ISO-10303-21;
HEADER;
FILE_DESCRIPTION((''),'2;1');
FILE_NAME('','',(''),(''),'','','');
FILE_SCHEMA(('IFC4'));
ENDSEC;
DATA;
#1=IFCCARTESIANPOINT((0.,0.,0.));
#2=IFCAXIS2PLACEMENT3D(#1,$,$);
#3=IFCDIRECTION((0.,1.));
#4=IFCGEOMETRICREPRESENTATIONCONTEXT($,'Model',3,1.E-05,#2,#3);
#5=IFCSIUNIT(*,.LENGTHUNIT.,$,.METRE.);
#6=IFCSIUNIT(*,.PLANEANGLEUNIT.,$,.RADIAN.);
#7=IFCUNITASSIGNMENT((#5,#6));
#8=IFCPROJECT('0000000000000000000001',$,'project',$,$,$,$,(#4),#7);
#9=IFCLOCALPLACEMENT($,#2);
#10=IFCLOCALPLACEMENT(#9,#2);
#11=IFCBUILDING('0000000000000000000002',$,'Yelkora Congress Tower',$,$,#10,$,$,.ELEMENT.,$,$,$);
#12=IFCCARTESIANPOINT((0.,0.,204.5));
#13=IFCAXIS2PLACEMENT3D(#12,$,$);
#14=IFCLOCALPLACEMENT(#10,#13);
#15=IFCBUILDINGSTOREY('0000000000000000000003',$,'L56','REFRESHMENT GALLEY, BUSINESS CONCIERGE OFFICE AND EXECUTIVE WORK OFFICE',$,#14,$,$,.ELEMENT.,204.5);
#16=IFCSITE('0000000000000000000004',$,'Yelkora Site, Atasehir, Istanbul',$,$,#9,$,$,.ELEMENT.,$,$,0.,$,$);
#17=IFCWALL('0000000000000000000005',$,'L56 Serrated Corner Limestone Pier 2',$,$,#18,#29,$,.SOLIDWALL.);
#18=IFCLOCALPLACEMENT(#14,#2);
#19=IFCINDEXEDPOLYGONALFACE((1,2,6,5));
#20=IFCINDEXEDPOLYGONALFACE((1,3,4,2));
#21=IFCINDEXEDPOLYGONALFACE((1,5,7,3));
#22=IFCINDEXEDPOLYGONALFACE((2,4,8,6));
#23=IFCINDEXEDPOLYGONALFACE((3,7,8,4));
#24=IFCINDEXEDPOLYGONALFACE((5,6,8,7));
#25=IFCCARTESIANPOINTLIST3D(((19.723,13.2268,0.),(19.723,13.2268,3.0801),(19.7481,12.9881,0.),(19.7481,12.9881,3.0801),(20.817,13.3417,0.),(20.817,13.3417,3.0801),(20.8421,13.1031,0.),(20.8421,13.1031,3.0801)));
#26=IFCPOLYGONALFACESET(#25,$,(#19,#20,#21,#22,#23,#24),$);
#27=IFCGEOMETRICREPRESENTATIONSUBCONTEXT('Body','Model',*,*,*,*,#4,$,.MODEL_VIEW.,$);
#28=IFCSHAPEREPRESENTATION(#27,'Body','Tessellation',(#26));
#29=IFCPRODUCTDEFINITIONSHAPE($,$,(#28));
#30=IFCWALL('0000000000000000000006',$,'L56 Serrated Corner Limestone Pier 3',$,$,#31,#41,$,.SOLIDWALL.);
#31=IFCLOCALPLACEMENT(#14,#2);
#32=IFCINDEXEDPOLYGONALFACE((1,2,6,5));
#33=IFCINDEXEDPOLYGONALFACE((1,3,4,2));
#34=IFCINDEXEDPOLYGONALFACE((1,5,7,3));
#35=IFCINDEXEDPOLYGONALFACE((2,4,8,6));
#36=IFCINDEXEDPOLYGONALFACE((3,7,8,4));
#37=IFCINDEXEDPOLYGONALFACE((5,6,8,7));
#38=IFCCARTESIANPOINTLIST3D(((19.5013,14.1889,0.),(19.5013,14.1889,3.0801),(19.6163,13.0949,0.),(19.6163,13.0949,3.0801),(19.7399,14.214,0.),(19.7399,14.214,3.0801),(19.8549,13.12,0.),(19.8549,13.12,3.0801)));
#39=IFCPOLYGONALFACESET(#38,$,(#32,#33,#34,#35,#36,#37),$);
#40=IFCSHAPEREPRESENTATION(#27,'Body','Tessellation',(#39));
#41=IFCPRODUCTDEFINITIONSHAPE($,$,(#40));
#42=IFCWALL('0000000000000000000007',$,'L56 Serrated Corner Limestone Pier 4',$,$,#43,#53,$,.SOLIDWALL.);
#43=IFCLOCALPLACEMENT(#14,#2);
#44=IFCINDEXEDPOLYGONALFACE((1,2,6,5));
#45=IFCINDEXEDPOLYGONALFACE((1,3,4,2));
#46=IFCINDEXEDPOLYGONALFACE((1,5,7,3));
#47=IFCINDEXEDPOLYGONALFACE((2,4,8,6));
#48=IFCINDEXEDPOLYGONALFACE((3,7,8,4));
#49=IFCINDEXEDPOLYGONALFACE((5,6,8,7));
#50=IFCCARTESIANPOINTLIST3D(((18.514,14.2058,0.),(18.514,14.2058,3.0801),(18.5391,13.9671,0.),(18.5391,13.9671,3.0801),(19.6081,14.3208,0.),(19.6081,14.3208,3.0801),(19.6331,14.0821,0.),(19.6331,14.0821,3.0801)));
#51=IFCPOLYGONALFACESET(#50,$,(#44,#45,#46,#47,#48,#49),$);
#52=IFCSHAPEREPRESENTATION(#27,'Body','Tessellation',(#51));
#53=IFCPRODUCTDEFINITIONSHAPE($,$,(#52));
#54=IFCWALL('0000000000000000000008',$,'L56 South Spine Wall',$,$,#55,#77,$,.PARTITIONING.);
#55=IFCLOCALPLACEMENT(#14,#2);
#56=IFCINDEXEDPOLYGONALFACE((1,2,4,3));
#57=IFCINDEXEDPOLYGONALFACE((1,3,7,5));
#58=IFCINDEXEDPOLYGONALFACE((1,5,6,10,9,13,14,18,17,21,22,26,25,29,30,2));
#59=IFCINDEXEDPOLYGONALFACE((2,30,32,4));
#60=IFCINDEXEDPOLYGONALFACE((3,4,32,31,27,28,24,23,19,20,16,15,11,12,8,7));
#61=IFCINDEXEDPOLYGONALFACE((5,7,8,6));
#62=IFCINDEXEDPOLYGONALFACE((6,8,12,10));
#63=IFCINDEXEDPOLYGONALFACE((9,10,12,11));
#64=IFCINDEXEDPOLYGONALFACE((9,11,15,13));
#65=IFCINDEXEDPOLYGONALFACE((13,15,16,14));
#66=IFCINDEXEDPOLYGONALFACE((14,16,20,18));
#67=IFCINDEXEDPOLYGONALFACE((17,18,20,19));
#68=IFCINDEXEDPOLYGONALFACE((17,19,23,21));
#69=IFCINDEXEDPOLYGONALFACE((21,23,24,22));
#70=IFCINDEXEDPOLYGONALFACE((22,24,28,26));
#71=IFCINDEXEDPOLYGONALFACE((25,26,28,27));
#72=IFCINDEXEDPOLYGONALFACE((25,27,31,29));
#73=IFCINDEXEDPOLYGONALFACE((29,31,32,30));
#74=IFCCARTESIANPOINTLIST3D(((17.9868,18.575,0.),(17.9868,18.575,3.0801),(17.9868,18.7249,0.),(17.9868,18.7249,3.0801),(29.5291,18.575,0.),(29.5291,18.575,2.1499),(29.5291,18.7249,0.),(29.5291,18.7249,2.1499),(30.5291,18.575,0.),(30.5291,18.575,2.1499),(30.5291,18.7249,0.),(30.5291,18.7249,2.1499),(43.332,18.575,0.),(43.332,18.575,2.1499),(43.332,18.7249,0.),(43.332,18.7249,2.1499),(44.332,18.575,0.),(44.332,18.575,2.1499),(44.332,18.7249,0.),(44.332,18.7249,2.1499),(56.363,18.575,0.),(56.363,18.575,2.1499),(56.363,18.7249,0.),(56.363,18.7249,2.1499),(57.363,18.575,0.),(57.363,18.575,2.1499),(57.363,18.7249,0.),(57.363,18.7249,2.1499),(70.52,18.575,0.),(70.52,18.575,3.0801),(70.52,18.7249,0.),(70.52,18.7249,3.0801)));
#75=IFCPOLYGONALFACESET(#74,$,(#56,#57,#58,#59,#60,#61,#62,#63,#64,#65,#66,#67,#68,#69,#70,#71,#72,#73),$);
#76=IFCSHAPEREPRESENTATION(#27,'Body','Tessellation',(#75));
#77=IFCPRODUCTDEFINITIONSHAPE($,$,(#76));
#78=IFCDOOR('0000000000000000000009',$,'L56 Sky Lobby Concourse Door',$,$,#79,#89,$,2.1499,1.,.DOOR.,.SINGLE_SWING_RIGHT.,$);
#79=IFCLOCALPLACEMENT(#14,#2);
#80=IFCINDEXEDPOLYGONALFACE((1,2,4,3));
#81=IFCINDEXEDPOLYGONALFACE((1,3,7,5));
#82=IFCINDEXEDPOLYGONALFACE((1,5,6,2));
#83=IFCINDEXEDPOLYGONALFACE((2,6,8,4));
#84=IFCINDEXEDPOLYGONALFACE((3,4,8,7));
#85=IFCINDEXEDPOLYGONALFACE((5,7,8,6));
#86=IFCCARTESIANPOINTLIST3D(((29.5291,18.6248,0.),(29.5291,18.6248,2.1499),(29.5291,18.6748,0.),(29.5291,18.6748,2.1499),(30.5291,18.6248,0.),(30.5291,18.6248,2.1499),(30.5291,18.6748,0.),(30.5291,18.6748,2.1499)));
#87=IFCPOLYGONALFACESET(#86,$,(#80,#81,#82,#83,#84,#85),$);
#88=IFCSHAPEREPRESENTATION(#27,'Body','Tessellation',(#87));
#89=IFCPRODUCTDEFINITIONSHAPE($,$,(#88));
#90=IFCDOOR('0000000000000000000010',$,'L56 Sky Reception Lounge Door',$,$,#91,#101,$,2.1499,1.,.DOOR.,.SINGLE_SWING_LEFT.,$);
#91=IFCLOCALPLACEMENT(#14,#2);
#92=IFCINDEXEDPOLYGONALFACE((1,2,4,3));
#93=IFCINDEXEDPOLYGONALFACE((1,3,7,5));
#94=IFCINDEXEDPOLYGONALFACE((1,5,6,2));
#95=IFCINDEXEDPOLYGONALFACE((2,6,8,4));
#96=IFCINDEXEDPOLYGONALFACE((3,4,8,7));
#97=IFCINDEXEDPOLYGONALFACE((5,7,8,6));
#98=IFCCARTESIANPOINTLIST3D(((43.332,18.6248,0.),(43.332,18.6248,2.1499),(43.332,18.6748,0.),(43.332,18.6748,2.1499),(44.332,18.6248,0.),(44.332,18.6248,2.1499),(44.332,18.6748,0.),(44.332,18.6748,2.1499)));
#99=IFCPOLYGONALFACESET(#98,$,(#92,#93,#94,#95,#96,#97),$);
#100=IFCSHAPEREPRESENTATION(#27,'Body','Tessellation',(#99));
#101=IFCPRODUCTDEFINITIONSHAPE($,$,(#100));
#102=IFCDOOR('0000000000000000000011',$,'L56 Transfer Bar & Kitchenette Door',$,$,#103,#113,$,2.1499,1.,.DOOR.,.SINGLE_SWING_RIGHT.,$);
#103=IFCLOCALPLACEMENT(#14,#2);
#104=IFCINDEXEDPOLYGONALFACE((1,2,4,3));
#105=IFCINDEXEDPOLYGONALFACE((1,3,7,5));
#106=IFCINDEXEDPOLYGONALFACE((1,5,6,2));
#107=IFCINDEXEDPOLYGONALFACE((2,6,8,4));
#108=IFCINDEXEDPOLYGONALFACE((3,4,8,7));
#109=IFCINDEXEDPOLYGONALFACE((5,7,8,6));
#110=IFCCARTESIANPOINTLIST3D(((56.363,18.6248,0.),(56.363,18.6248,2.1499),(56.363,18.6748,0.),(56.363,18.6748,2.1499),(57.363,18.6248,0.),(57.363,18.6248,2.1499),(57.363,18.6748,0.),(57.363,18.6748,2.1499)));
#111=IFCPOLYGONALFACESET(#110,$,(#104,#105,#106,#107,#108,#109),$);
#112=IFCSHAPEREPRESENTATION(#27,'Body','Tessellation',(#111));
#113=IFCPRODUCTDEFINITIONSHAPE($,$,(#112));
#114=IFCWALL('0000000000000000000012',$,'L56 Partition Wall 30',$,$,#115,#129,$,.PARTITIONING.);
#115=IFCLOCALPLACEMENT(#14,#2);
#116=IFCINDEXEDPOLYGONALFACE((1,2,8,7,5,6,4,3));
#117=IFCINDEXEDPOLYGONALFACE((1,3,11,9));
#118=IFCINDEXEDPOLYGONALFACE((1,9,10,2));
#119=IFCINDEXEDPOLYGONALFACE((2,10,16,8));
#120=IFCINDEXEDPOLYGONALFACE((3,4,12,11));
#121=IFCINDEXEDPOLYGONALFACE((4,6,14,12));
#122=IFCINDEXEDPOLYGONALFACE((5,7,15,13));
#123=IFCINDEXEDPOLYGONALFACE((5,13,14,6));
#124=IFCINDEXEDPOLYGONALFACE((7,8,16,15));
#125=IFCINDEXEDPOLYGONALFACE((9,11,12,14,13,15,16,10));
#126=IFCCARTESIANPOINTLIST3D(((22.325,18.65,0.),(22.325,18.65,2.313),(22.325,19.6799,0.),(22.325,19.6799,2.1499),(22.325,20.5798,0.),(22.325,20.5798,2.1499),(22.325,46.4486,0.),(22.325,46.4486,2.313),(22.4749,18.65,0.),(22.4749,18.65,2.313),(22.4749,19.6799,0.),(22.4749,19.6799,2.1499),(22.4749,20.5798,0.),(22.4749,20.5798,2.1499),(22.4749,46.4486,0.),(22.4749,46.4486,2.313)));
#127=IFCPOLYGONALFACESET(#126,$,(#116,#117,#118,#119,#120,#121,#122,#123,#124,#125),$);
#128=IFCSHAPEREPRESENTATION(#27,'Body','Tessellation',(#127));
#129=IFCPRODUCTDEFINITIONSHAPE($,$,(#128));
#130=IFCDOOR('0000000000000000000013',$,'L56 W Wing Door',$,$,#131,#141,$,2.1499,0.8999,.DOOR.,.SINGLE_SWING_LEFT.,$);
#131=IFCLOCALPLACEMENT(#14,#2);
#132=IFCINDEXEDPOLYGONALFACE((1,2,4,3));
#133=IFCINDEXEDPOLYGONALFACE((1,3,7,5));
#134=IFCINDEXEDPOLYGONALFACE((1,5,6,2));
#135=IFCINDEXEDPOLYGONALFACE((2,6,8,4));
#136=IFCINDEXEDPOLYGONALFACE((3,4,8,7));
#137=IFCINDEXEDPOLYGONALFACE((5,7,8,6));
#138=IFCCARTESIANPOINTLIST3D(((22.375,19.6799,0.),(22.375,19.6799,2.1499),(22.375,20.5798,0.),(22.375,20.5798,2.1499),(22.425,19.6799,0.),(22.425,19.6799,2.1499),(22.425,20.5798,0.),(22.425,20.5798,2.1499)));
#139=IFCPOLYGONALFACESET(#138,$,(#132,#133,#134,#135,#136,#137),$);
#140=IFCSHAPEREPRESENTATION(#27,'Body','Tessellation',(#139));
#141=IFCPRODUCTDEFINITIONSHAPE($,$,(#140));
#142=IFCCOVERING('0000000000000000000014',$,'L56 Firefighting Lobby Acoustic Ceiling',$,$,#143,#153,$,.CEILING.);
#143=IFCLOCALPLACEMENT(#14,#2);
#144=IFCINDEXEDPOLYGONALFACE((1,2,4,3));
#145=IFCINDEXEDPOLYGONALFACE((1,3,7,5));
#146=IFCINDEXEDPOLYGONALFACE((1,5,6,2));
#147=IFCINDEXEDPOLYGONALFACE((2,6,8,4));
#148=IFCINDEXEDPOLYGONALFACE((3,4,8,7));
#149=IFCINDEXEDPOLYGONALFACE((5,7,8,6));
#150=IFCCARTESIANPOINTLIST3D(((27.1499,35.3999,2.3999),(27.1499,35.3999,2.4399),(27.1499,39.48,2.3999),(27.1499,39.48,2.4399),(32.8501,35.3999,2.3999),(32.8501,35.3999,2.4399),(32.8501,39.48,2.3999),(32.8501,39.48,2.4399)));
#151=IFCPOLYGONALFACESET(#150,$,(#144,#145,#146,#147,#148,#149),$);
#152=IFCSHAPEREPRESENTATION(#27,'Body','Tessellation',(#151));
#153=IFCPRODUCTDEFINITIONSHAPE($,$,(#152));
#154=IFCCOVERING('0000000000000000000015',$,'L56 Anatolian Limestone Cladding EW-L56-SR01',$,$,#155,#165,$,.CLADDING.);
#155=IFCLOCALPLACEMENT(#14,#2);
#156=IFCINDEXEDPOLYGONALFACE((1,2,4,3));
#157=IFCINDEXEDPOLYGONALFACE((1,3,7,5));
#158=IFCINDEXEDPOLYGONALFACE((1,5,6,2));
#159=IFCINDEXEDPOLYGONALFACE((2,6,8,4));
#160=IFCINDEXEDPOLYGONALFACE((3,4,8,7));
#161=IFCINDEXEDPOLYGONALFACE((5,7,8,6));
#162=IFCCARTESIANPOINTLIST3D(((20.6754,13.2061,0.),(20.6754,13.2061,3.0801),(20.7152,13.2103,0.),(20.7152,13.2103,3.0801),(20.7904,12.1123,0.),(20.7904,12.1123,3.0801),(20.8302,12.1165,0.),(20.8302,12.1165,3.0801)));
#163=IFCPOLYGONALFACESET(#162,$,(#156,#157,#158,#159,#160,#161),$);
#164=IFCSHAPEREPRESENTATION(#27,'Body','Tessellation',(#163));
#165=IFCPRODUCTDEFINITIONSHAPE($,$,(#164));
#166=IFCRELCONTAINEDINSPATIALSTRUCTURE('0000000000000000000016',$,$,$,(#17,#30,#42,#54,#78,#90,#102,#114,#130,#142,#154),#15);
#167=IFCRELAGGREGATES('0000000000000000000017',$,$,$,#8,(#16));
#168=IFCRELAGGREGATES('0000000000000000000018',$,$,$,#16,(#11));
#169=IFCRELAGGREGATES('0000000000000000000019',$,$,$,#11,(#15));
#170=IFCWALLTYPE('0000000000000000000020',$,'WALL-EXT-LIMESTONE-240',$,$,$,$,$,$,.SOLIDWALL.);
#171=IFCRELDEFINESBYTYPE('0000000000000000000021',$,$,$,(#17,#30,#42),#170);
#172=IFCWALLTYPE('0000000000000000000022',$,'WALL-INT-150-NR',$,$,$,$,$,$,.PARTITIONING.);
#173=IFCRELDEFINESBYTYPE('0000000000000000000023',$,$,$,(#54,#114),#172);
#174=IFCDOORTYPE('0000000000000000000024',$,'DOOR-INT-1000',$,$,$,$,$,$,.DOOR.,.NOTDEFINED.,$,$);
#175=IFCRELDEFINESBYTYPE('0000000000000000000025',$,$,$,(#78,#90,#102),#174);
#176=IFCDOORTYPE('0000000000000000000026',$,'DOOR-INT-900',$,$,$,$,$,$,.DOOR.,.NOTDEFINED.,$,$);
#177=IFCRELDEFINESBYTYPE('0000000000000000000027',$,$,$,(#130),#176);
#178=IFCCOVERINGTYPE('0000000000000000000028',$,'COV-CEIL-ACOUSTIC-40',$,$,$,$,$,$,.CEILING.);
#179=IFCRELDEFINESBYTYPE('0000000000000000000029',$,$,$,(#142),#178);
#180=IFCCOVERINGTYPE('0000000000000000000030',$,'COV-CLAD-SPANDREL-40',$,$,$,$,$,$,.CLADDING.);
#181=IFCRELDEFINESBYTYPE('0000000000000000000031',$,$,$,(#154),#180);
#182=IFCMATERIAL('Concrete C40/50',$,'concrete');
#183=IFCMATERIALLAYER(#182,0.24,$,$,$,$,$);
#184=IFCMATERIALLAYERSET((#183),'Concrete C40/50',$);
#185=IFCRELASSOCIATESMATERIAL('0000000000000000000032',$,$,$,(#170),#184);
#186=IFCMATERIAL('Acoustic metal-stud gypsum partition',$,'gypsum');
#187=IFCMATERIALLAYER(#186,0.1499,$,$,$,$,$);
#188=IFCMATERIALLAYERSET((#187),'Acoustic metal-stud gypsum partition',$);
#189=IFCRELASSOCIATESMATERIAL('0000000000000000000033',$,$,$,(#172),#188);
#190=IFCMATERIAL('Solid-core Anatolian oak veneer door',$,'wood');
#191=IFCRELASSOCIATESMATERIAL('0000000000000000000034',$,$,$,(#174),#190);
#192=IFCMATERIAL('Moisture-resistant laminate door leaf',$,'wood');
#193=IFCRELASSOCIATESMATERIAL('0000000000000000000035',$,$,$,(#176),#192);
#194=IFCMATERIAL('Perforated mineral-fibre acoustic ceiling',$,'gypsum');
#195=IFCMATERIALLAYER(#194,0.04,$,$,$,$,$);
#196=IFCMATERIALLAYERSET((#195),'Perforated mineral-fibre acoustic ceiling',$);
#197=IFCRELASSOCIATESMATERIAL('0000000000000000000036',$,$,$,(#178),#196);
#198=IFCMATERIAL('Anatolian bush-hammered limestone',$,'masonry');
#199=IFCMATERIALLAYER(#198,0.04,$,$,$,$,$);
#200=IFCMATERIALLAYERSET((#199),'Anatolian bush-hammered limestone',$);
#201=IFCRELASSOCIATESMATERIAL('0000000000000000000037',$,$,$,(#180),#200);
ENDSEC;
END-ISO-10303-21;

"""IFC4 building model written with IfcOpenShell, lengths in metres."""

from ifc_helpers import new_model, si_unit, direction, frame, frame_2d, origin, place, context, subcontext, project, spatial, polyline, rectangle, outline, extrude, material, layer, layer_set, type_object, element, fill, save


model = new_model("IFC4")

# Units and contexts
model_context = context("Model", 3, precision=1e-05, world=origin(), true_north=direction((0.0, 1.0)))
body_context = subcontext(model_context, "Body", "Model", "MODEL_VIEW")
ifc_project = project(units=[si_unit("LENGTHUNIT", "METRE"), si_unit("PLANEANGLEUNIT", "RADIAN")], contexts=[model_context])

# Site, building, storey
site_placement = place(None, origin())
site = spatial("IfcSite", under=ifc_project, at=site_placement, Name="Yelkora Site, Atasehir, Istanbul", CompositionType="ELEMENT", RefElevation=0.0)
building_placement = place(site_placement, origin())
building = spatial("IfcBuilding", under=site, at=building_placement, Name="Yelkora Congress Tower", CompositionType="ELEMENT")
storey_placement = place(building_placement, frame((0.0, 0.0, 204.5)))
storey = spatial("IfcBuildingStorey", under=building, at=storey_placement, Name="L56", Description="REFRESHMENT GALLEY, BUSINESS CONCIERGE OFFICE AND EXECUTIVE WORK OFFICE", CompositionType="ELEMENT", Elevation=204.5)

# Shared definitions
ifc_material_1 = material(Name="Concrete C40/50", Category="concrete")

# Walls
ifc_layer_1 = layer(ifc_material_1, 0.24)
ifc_layer_set_1 = layer_set([ifc_layer_1], Name="Concrete C40/50")
wall_type_1 = type_object("IfcWallType", Name="WALL-EXT-LIMESTONE-240", PredefinedType="SOLIDWALL", material=ifc_layer_set_1)
for number, where, z_axis, x_axis, name in (
    (1, (20.8296, 13.2224, 0.0), (0.0, 0.0, 1.0), (-0.994521, -0.104535, 0.0), "L56 Serrated Corner Limestone Pier 2"),
    (2, (19.7356, 13.1074, 0.0), (0.0, 0.0, 1.0), (-0.104535, 0.994521, 0.0), "L56 Serrated Corner Limestone Pier 3"),
    (3, (19.6206, 14.2014, 0.0), (0.0, 0.0, 1.0), (-0.994521, -0.104535, 0.0), "L56 Serrated Corner Limestone Pier 4"),
):
    element("IfcWall", number, at=place(storey_placement, frame(where, z_axis=z_axis, x_axis=x_axis)), inside=storey, type_object=wall_type_1, Name=name, PredefinedType="SOLIDWALL", context=body_context, shape_type="SweptSolid", body=[
        extrude(rectangle(XDim=1.1001, YDim=0.24, at=frame_2d((0.55, 0.0))), origin(), (0.0, 0.0, 1.0), 3.0801),
    ])

# Wall, openings, doors
ifc_material_2 = material(Name="Acoustic metal-stud gypsum partition", Category="gypsum")
ifc_layer_2 = layer(ifc_material_2, 0.1499)
ifc_layer_set_2 = layer_set([ifc_layer_2], Name="Acoustic metal-stud gypsum partition")
wall_type_2 = type_object("IfcWallType", Name="WALL-INT-150-NR", PredefinedType="PARTITIONING", material=ifc_layer_set_2)
wall_1_placement = place(storey_placement, frame((17.9868, 18.6499, 0.0), z_axis=(0.0, 0.0, 1.0), x_axis=(1.0, 0.0, 0.0)))
wall_1 = element("IfcWall", 4, at=wall_1_placement, inside=storey, type_object=wall_type_2, Name="L56 South Spine Wall", PredefinedType="PARTITIONING", context=body_context, shape_type="SweptSolid", body=[
    extrude(rectangle(XDim=52.5332, YDim=0.1499, at=frame_2d((26.2666, 0.0))), origin(), (0.0, 0.0, 1.0), 3.0801),
])
opening_1_placement = place(wall_1_placement, frame((11.5422, 0.0, 0.0)))
opening_1 = element("IfcOpeningElement", 5, at=opening_1_placement, cuts=wall_1, PredefinedType="OPENING", context=body_context, shape_type="SweptSolid", body=[
    extrude(rectangle(XDim=1.0, YDim=2.1499, at=frame_2d((0.5, 1.075))), frame((0.0, 0.085, 0.0), z_axis=(0.0, -1.0, 0.0), x_axis=(1.0, 0.0, 0.0)), (0.0, 0.0, 1.0), 0.1699),
])
opening_2_placement = place(wall_1_placement, frame((25.3452, 0.0, 0.0)))
opening_2 = element("IfcOpeningElement", 6, at=opening_2_placement, cuts=wall_1, PredefinedType="OPENING", context=body_context, shape_type="SweptSolid", body=[
    extrude(rectangle(XDim=1.0, YDim=2.1499, at=frame_2d((0.5, 1.075))), frame((0.0, 0.085, 0.0), z_axis=(0.0, -1.0, 0.0), x_axis=(1.0, 0.0, 0.0)), (0.0, 0.0, 1.0), 0.1699),
])
opening_3_placement = place(wall_1_placement, frame((38.3762, 0.0, 0.0)))
opening_3 = element("IfcOpeningElement", 7, at=opening_3_placement, cuts=wall_1, PredefinedType="OPENING", context=body_context, shape_type="SweptSolid", body=[
    extrude(rectangle(XDim=1.0, YDim=2.1499, at=frame_2d((0.5, 1.075))), frame((0.0, 0.085, 0.0), z_axis=(0.0, -1.0, 0.0), x_axis=(1.0, 0.0, 0.0)), (0.0, 0.0, 1.0), 0.1699),
])
ifc_material_3 = material(Name="Solid-core Anatolian oak veneer door", Category="wood")
door_type_1 = type_object("IfcDoorType", Name="DOOR-INT-1000", OperationType="NOTDEFINED", PredefinedType="DOOR", material=ifc_material_3)
door_1_placement = place(opening_1_placement, origin())
door_1 = element("IfcDoor", 8, at=door_1_placement, inside=storey, type_object=door_type_1, Name="L56 Sky Lobby Concourse Door", OperationType="SINGLE_SWING_RIGHT", OverallHeight=2.1499, OverallWidth=1.0, PredefinedType="DOOR", context=body_context, shape_type="SweptSolid", body=[
    extrude(rectangle(XDim=1.0, YDim=2.1499, at=frame_2d((0.5, 1.075))), frame((0.0, 0.0249, 0.0), z_axis=(0.0, -1.0, 0.0), x_axis=(1.0, 0.0, 0.0)), (0.0, 0.0, 1.0), 0.05),
])
fill(opening_1, door_1)
door_2_placement = place(opening_2_placement, origin())
door_2 = element("IfcDoor", 9, at=door_2_placement, inside=storey, type_object=door_type_1, Name="L56 Sky Reception Lounge Door", OperationType="SINGLE_SWING_LEFT", OverallHeight=2.1499, OverallWidth=1.0, PredefinedType="DOOR", context=body_context, shape_type="SweptSolid", body=[
    extrude(rectangle(XDim=1.0, YDim=2.1499, at=frame_2d((0.5, 1.075))), frame((0.0, 0.0249, 0.0), z_axis=(0.0, -1.0, 0.0), x_axis=(1.0, 0.0, 0.0)), (0.0, 0.0, 1.0), 0.05),
])
fill(opening_2, door_2)
door_3_placement = place(opening_3_placement, origin())
door_3 = element("IfcDoor", 10, at=door_3_placement, inside=storey, type_object=door_type_1, Name="L56 Transfer Bar & Kitchenette Door", OperationType="SINGLE_SWING_RIGHT", OverallHeight=2.1499, OverallWidth=1.0, PredefinedType="DOOR", context=body_context, shape_type="SweptSolid", body=[
    extrude(rectangle(XDim=1.0, YDim=2.1499, at=frame_2d((0.5, 1.075))), frame((0.0, 0.0249, 0.0), z_axis=(0.0, -1.0, 0.0), x_axis=(1.0, 0.0, 0.0)), (0.0, 0.0, 1.0), 0.05),
])
fill(opening_3, door_3)

# Wall, opening, door
wall_2_placement = place(storey_placement, frame((22.3999, 18.6499, 0.0), z_axis=(0.0, 0.0, 1.0), x_axis=(0.0, 1.0, 0.0)))
wall_2 = element("IfcWall", 11, at=wall_2_placement, inside=storey, type_object=wall_type_2, Name="L56 Partition Wall 30", PredefinedType="PARTITIONING", context=body_context, shape_type="SweptSolid", body=[
    extrude(rectangle(XDim=27.7986, YDim=0.1499, at=frame_2d((13.8994, 0.0))), origin(), (0.0, 0.0, 1.0), 2.313),
])
opening_4_placement = place(wall_2_placement, frame((1.03, 0.0, 0.0)))
opening_4 = element("IfcOpeningElement", 12, at=opening_4_placement, cuts=wall_2, PredefinedType="OPENING", context=body_context, shape_type="SweptSolid", body=[
    extrude(rectangle(XDim=0.8999, YDim=2.1499, at=frame_2d((0.45, 1.075))), frame((0.0, 0.085, 0.0), z_axis=(0.0, -1.0, 0.0), x_axis=(1.0, 0.0, 0.0)), (0.0, 0.0, 1.0), 0.1699),
])
ifc_material_4 = material(Name="Moisture-resistant laminate door leaf", Category="wood")
door_type_2 = type_object("IfcDoorType", Name="DOOR-INT-900", OperationType="NOTDEFINED", PredefinedType="DOOR", material=ifc_material_4)
door_4_placement = place(opening_4_placement, origin())
door_4 = element("IfcDoor", 13, at=door_4_placement, inside=storey, type_object=door_type_2, Name="L56 W Wing Door", OperationType="SINGLE_SWING_LEFT", OverallHeight=2.1499, OverallWidth=0.8999, PredefinedType="DOOR", context=body_context, shape_type="SweptSolid", body=[
    extrude(rectangle(XDim=0.8999, YDim=2.1499, at=frame_2d((0.45, 1.075))), frame((0.0, 0.0249, 0.0), z_axis=(0.0, -1.0, 0.0), x_axis=(1.0, 0.0, 0.0)), (0.0, 0.0, 1.0), 0.05),
])
fill(opening_4, door_4)

# Coverings
ifc_material_5 = material(Name="Perforated mineral-fibre acoustic ceiling", Category="gypsum")
ifc_layer_3 = layer(ifc_material_5, 0.04)
ifc_layer_set_3 = layer_set([ifc_layer_3], Name="Perforated mineral-fibre acoustic ceiling")
covering_type_1 = type_object("IfcCoveringType", Name="COV-CEIL-ACOUSTIC-40", PredefinedType="CEILING", material=ifc_layer_set_3)
covering_1_placement = place(storey_placement, frame((0.0, 0.0, 2.3999)))
element("IfcCovering", 14, at=covering_1_placement, inside=storey, type_object=covering_type_1, Name="L56 Firefighting Lobby Acoustic Ceiling", PredefinedType="CEILING", context=body_context, shape_type="SweptSolid", body=[
    extrude(outline(polyline([(27.1499, 35.3999), (32.8501, 35.3999), (32.8501, 39.48), (27.1499, 39.48), (27.1499, 35.3999)])), origin(), (0.0, 0.0, 1.0), 0.04),
])
ifc_material_6 = material(Name="Anatolian bush-hammered limestone", Category="masonry")
ifc_layer_4 = layer(ifc_material_6, 0.04)
ifc_layer_set_4 = layer_set([ifc_layer_4], Name="Anatolian bush-hammered limestone")
covering_type_2 = type_object("IfcCoveringType", Name="COV-CLAD-SPANDREL-40", PredefinedType="CLADDING", material=ifc_layer_set_4)
covering_2_placement = place(storey_placement, frame((20.8103, 12.1145, 0.0), z_axis=(0.0, 0.0, 1.0), x_axis=(-0.104558, 0.994519, 0.0)))
element("IfcCovering", 15, at=covering_2_placement, inside=storey, type_object=covering_type_2, Name="L56 Anatolian Limestone Cladding EW-L56-SR01", PredefinedType="CLADDING", context=body_context, shape_type="SweptSolid", body=[
    extrude(rectangle(XDim=1.0999, YDim=0.04, at=frame_2d((0.5498, 0.0))), origin(), (0.0, 0.0, 1.0), 3.0801),
])

save(model, "model.ifc")
